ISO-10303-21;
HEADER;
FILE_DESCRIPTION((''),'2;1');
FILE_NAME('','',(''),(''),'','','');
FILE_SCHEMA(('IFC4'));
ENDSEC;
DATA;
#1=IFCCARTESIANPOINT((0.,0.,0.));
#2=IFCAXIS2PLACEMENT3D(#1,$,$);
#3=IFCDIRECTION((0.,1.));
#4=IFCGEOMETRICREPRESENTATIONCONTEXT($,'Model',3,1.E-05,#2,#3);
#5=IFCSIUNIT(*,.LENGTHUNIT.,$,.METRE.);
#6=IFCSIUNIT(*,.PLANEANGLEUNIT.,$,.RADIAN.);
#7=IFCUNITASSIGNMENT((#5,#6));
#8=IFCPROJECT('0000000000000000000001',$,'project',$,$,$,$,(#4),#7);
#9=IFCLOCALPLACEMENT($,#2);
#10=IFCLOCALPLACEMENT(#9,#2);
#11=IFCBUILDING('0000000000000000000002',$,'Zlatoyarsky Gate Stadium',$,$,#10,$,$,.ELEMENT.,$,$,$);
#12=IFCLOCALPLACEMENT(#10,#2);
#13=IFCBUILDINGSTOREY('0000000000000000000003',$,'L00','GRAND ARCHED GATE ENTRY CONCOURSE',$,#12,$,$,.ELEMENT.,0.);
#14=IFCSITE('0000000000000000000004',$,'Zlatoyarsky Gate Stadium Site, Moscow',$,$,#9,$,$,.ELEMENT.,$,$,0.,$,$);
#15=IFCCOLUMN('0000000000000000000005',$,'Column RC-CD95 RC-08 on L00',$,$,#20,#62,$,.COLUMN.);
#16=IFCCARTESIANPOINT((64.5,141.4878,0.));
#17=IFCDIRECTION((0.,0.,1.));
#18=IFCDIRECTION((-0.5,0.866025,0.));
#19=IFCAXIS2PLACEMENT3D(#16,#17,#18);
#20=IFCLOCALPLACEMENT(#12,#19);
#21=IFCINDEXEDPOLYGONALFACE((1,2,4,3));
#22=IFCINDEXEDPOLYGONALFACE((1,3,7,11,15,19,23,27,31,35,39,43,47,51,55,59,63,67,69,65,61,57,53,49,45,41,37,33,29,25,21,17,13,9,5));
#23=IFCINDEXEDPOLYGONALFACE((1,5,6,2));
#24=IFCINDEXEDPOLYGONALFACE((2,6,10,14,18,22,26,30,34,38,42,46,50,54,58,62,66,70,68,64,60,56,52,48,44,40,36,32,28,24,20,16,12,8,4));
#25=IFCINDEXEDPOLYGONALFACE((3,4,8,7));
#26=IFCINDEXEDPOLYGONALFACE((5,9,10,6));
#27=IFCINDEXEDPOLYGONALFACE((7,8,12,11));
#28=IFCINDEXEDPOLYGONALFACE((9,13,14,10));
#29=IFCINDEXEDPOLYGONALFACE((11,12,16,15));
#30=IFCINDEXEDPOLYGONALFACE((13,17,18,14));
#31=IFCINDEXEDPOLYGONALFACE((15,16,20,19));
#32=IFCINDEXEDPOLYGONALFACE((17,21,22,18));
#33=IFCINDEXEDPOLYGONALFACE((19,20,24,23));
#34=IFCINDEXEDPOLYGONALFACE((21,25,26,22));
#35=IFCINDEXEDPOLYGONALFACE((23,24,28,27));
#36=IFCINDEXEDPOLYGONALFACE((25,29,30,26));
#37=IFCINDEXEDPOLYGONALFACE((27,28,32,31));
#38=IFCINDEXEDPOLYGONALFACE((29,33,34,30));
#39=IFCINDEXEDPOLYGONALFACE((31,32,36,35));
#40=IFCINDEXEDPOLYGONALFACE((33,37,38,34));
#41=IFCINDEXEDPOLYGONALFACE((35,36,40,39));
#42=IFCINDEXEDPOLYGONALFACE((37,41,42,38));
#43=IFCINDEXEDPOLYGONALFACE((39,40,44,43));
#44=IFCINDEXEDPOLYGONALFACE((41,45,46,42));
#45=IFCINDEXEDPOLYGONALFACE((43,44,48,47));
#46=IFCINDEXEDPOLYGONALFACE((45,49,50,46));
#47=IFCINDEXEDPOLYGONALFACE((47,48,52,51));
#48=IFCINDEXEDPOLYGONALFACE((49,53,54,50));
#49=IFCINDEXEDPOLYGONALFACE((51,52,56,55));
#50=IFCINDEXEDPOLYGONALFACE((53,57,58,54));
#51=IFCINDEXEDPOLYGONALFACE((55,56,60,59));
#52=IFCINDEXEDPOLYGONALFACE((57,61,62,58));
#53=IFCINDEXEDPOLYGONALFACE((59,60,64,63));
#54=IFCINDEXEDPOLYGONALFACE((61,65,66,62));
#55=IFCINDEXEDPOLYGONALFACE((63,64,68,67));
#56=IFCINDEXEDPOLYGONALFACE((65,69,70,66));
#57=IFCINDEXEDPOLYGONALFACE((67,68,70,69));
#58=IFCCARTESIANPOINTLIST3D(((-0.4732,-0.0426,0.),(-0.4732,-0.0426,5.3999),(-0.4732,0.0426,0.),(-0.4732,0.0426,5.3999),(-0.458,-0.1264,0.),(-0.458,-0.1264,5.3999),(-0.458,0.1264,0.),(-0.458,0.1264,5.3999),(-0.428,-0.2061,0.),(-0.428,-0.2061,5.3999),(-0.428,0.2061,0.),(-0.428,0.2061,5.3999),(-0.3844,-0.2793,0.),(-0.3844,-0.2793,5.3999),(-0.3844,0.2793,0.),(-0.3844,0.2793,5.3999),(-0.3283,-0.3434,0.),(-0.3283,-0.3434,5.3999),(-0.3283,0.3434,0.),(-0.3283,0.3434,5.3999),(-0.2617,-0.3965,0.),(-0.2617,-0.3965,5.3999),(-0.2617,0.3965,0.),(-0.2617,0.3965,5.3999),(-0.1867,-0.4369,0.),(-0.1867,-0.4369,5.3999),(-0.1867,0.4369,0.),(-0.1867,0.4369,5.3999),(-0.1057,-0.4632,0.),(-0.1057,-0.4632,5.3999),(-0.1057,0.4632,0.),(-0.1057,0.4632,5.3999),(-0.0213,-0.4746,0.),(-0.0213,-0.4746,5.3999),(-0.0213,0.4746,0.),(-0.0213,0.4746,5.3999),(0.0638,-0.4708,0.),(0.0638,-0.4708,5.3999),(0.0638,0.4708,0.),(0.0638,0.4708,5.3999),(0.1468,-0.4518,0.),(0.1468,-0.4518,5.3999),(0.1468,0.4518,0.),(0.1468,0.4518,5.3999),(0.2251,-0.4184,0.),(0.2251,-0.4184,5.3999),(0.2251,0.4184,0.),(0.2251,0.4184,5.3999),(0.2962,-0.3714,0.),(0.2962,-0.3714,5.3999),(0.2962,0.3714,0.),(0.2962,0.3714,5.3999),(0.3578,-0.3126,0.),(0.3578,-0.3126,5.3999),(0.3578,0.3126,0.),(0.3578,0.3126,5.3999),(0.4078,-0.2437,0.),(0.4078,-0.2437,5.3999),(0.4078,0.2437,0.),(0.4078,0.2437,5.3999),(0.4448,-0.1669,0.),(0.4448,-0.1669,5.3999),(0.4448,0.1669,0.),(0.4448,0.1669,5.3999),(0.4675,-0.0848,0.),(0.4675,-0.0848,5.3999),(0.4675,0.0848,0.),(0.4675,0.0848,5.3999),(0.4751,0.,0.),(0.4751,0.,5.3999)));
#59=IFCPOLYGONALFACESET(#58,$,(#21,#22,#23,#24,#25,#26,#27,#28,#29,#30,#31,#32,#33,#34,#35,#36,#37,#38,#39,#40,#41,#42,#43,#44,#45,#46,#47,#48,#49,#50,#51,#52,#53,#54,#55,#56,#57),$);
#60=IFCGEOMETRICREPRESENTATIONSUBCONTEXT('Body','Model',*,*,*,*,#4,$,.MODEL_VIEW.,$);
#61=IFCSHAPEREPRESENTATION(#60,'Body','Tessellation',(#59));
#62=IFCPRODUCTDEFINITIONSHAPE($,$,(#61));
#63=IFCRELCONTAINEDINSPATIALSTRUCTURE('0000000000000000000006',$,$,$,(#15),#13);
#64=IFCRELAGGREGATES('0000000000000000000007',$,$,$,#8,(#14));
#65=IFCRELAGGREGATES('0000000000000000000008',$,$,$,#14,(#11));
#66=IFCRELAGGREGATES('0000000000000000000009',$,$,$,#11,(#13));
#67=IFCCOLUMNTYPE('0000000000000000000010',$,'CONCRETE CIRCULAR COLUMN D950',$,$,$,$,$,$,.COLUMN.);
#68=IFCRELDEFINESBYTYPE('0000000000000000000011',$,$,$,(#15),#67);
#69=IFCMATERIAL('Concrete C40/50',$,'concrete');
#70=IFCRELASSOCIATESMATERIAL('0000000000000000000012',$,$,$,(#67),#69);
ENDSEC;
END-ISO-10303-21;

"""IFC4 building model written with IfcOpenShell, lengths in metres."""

from ifc_helpers import new_model, si_unit, direction, frame, origin, origin_2d, place, context, subcontext, project, spatial, circle, extrude, material, material_profile, profile_set, type_object, element, save


model = new_model("IFC4")

# Units and contexts
model_context = context("Model", 3, precision=1e-05, world=origin(), true_north=direction((0.0, 1.0)))
body_context = subcontext(model_context, "Body", "Model", "MODEL_VIEW")
ifc_project = project(units=[si_unit("LENGTHUNIT", "METRE"), si_unit("PLANEANGLEUNIT", "RADIAN")], contexts=[model_context])

# Site, building, storey
site_placement = place(None, origin())
site = spatial("IfcSite", under=ifc_project, at=site_placement, Name="Zlatoyarsky Gate Stadium Site, Moscow", CompositionType="ELEMENT", RefElevation=0.0)
building_placement = place(site_placement, origin())
building = spatial("IfcBuilding", under=site, at=building_placement, Name="Zlatoyarsky Gate Stadium", CompositionType="ELEMENT")
storey_placement = place(building_placement, origin())
storey = spatial("IfcBuildingStorey", under=building, at=storey_placement, Name="L00", Description="GRAND ARCHED GATE ENTRY CONCOURSE", CompositionType="ELEMENT", Elevation=0.0)

# Column
ifc_material_1 = material(Name="Concrete C40/50", Category="concrete")
ifc_material_profile_1 = material_profile(ifc_material_1, circle(Radius=0.4751, at=origin_2d()), Name="RC COL D950")
ifc_profile_set_1 = profile_set([ifc_material_profile_1], Name="Concrete C40/50")
column_type = type_object("IfcColumnType", Name="CONCRETE CIRCULAR COLUMN D950", PredefinedType="COLUMN", material=ifc_profile_set_1)
column_placement = place(storey_placement, frame((64.5, 141.4878, 0.0), z_axis=(0.0, 0.0, 1.0), x_axis=(-0.5, 0.866025, 0.0)))
element("IfcColumn", 1, at=column_placement, inside=storey, type_object=column_type, Name="Column RC-CD95 RC-08 on L00", PredefinedType="COLUMN", context=body_context, shape_type="SweptSolid", body=[
    extrude(circle(Radius=0.4751, at=origin_2d()), origin(), (0.0, 0.0, 1.0), 5.3999),
])

save(model, "model.ifc")
